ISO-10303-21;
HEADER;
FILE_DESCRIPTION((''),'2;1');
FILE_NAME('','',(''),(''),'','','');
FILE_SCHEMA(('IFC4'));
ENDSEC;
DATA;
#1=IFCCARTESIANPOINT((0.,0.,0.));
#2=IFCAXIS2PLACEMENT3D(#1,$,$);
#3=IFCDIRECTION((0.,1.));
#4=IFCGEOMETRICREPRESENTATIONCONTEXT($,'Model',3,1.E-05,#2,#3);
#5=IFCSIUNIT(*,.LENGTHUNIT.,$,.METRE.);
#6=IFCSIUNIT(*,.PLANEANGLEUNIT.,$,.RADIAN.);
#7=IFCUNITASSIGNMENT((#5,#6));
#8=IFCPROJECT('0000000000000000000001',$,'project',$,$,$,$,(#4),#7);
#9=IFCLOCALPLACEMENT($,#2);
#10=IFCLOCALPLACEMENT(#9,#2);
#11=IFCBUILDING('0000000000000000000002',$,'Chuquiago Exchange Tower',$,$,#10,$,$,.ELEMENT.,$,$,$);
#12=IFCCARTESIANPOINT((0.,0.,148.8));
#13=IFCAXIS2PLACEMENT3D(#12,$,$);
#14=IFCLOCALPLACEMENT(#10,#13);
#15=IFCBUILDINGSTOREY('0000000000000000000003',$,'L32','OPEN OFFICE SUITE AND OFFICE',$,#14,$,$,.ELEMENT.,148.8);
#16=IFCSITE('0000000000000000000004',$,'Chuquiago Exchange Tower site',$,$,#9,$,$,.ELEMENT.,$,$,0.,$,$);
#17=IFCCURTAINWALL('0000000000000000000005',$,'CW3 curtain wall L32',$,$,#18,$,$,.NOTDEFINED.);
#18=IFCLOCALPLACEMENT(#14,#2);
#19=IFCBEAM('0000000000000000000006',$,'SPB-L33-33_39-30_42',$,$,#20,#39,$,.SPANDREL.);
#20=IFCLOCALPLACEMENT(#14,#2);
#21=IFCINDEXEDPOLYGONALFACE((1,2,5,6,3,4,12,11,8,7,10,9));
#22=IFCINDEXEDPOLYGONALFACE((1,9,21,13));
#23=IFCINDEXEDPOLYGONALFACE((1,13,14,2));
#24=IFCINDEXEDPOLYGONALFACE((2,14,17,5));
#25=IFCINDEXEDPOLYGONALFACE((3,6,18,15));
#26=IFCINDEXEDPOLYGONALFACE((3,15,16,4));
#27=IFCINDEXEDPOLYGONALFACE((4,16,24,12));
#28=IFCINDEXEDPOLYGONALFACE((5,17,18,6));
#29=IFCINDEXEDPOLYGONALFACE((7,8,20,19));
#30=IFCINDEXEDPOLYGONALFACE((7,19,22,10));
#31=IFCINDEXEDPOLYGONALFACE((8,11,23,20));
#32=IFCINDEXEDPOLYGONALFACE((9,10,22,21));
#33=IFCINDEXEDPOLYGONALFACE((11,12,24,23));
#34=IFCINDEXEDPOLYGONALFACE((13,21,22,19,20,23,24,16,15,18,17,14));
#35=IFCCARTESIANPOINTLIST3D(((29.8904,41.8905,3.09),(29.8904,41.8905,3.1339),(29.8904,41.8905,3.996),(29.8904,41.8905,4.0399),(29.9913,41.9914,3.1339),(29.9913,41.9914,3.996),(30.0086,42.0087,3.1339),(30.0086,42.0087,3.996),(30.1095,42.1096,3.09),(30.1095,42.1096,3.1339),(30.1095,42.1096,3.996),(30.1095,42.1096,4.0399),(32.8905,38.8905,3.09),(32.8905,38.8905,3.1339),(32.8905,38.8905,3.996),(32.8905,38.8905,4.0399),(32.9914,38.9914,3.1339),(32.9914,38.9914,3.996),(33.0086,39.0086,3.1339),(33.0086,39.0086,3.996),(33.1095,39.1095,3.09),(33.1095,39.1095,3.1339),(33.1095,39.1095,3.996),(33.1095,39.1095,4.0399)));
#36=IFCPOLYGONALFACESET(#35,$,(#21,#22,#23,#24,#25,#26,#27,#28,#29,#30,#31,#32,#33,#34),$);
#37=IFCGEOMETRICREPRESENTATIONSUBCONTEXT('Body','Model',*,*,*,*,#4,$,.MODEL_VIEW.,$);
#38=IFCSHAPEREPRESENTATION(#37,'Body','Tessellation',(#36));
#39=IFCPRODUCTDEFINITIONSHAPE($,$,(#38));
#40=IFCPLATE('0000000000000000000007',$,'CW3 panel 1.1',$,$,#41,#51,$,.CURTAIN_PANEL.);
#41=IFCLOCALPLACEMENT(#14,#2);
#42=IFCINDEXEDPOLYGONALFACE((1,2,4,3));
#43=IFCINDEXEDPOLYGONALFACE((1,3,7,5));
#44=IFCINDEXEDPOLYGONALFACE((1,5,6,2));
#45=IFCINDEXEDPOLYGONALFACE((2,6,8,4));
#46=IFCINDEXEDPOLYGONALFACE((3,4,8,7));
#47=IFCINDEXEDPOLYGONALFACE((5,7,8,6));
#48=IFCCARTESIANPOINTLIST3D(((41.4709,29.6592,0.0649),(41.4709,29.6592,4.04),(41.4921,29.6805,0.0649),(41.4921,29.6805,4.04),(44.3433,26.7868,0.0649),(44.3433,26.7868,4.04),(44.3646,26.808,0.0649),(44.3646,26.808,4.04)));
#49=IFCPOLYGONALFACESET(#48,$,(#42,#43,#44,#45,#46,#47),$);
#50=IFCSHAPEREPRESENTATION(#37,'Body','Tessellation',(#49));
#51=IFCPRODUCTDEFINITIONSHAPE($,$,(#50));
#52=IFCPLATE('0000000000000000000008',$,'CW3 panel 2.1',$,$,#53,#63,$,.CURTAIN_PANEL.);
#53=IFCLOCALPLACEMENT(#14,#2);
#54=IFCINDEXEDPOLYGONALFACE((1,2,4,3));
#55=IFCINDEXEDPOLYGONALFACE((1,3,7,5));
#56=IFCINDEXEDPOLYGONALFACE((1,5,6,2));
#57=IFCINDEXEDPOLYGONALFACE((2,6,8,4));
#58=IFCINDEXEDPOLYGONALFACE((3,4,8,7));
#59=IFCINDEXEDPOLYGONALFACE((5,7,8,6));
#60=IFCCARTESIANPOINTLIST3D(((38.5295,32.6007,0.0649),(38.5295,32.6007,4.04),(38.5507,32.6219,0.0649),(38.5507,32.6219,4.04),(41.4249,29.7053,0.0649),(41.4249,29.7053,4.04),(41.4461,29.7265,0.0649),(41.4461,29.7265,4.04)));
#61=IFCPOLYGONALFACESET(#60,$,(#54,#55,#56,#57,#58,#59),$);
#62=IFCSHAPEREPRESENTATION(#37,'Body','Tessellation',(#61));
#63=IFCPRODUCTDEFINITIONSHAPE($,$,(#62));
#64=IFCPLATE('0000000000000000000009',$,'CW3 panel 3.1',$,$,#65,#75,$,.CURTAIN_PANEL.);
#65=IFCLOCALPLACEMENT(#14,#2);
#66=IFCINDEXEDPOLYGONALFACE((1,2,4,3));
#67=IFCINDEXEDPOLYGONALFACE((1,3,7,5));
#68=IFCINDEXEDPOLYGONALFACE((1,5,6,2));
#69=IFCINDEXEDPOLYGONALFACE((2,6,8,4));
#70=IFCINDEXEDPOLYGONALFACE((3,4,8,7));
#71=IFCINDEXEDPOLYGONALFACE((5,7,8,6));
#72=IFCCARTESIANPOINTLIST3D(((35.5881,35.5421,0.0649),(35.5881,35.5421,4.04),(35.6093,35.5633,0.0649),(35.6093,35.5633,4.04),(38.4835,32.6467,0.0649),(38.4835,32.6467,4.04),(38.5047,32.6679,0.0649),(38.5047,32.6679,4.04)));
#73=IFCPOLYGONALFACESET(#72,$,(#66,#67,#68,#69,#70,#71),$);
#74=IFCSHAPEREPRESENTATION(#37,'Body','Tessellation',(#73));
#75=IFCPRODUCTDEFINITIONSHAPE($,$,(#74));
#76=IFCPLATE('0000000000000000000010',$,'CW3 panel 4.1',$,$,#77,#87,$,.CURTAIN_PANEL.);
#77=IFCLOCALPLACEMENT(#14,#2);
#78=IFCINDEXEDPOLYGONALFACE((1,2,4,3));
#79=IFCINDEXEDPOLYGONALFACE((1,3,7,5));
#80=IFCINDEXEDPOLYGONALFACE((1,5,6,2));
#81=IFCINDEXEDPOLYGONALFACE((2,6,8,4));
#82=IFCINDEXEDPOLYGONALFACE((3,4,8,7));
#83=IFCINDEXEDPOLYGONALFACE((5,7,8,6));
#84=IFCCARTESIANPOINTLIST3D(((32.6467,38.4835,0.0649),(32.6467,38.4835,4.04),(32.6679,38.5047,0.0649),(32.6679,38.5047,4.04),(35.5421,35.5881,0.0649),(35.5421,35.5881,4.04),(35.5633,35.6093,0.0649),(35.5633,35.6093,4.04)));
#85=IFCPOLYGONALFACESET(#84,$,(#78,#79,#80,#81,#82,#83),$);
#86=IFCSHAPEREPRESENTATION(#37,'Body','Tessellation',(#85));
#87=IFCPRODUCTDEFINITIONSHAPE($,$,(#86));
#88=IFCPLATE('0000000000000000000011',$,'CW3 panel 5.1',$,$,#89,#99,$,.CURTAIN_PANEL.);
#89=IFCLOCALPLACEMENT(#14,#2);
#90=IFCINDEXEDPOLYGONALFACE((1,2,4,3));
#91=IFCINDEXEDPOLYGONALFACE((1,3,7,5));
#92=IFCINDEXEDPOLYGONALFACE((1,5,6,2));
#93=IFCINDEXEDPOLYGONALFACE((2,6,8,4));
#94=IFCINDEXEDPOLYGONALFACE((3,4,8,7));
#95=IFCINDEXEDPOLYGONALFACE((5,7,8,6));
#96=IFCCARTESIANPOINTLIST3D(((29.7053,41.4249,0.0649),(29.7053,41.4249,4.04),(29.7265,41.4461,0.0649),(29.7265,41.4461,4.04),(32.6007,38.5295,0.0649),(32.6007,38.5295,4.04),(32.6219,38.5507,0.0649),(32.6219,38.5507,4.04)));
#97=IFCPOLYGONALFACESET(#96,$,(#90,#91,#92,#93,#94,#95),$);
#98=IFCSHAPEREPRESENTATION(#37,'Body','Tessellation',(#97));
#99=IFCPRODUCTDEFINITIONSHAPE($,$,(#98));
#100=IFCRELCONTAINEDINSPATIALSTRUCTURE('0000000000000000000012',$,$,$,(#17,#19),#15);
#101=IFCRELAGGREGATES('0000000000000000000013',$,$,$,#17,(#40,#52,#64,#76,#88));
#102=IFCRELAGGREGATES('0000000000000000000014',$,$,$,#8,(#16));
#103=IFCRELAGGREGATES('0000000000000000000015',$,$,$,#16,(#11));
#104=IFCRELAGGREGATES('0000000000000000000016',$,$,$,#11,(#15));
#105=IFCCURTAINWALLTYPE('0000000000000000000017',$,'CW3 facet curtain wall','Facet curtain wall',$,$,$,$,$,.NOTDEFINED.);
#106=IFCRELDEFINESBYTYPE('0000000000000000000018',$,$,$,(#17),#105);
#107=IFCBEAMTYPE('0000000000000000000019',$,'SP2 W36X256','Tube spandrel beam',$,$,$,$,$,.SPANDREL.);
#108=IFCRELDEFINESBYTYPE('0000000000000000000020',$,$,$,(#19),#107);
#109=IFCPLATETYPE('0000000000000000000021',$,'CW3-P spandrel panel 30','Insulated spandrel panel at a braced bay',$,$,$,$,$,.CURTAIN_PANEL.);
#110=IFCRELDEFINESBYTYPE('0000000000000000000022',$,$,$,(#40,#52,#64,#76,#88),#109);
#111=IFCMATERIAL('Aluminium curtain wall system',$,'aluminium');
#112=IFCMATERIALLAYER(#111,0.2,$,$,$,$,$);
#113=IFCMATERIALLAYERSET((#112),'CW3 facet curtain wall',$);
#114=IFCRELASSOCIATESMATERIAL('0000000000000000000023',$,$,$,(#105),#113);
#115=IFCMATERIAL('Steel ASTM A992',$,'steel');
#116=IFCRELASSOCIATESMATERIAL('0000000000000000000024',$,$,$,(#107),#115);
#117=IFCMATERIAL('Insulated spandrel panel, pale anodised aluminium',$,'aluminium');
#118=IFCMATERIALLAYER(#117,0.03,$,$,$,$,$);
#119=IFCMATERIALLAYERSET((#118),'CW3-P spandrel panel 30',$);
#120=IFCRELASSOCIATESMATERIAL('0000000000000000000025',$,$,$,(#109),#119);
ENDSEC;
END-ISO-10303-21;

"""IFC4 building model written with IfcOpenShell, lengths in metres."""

from ifc_helpers import new_model, si_unit, direction, frame, origin, origin_2d, place, context, subcontext, project, spatial, rectangle, i_section, extrude, material, layer, layer_set, material_profile, profile_set, type_object, element, aggregate, save


model = new_model("IFC4")

# Units and contexts
model_context = context("Model", 3, precision=1e-05, world=origin(), true_north=direction((0.0, 1.0)))
body_context = subcontext(model_context, "Body", "Model", "MODEL_VIEW")
ifc_project = project(units=[si_unit("LENGTHUNIT", "METRE"), si_unit("PLANEANGLEUNIT", "RADIAN")], contexts=[model_context])

# Site, building, storey
site_placement = place(None, origin())
site = spatial("IfcSite", under=ifc_project, at=site_placement, Name="Chuquiago Exchange Tower site", CompositionType="ELEMENT", RefElevation=0.0)
building_placement = place(site_placement, origin())
building = spatial("IfcBuilding", under=site, at=building_placement, Name="Chuquiago Exchange Tower", CompositionType="ELEMENT")
storey_placement = place(building_placement, frame((0.0, 0.0, 148.8)))
storey = spatial("IfcBuildingStorey", under=building, at=storey_placement, Name="L32", Description="OPEN OFFICE SUITE AND OFFICE", CompositionType="ELEMENT", Elevation=148.8)

# Curtain wall
ifc_material_1 = material(Name="Aluminium curtain wall system", Category="aluminium")
ifc_layer_1 = layer(ifc_material_1, 0.2)
ifc_layer_set_1 = layer_set([ifc_layer_1], Name="CW3 facet curtain wall")
curtain_wall_type = type_object("IfcCurtainWallType", Name="CW3 facet curtain wall", Description="Facet curtain wall", PredefinedType="NOTDEFINED", material=ifc_layer_set_1)
curtain_wall_placement = place(storey_placement, origin())
curtain_wall = element("IfcCurtainWall", 1, at=curtain_wall_placement, inside=storey, type_object=curtain_wall_type, Name="CW3 curtain wall L32", PredefinedType="NOTDEFINED")

# Beam
ifc_material_2 = material(Name="Steel ASTM A992", Category="steel")
ifc_material_profile_1 = material_profile(ifc_material_2, i_section(OverallWidth=0.3098, OverallDepth=0.95, WebThickness=0.0244, FlangeThickness=0.0439, at=origin_2d()), Name="W36X256")
ifc_profile_set_1 = profile_set([ifc_material_profile_1], Name="Steel ASTM A992")
beam_type_1 = type_object("IfcBeamType", Name="SP2 W36X256", Description="Tube spandrel beam", PredefinedType="SPANDREL", material=ifc_profile_set_1)
for number, where, z_axis, x_axis, name in (
    (2, (33.0, 39.0, 3.5649), (-0.707107, 0.707107, 0.0), (-0.707107, -0.707107, 0.0), "SPB-L33-33_39-30_42"),
):
    element("IfcBeam", number, at=place(storey_placement, frame(where, z_axis=z_axis, x_axis=x_axis)), inside=storey, type_object=beam_type_1, Name=name, PredefinedType="SPANDREL", context=body_context, shape_type="SweptSolid", body=[
        extrude(i_section(OverallWidth=0.3098, OverallDepth=0.95, WebThickness=0.0244, FlangeThickness=0.0439, at=origin_2d()), origin(), (0.0, 0.0, 1.0), 4.2427),
    ])

# Plates
ifc_material_3 = material(Name="Insulated spandrel panel, pale anodised aluminium", Category="aluminium")
ifc_layer_2 = layer(ifc_material_3, 0.03)
ifc_layer_set_2 = layer_set([ifc_layer_2], Name="CW3-P spandrel panel 30")
plate_type = type_object("IfcPlateType", Name="CW3-P spandrel panel 30", Description="Insulated spandrel panel at a braced bay", PredefinedType="CURTAIN_PANEL", material=ifc_layer_set_2)
plate_1_placement = place(storey_placement, frame((42.9177, 28.2336, 0.0649), z_axis=(0.0, 0.0, 1.0), x_axis=(-0.707107, 0.707107, 0.0)))
plate_1 = element("IfcPlate", 3, at=plate_1_placement, type_object=plate_type, Name="CW3 panel 1.1", PredefinedType="CURTAIN_PANEL", context=body_context, shape_type="SweptSolid", body=[
    extrude(rectangle(XDim=4.0623, YDim=0.03, at=origin_2d()), origin(), (0.0, 0.0, 1.0), 3.9751),
])
plate_2_placement = place(storey_placement, frame((39.9878, 31.1636, 0.0649), z_axis=(0.0, 0.0, 1.0), x_axis=(-0.707107, 0.707107, 0.0)))
plate_2 = element("IfcPlate", 4, at=plate_2_placement, type_object=plate_type, Name="CW3 panel 2.1", PredefinedType="CURTAIN_PANEL", context=body_context, shape_type="SweptSolid", body=[
    extrude(rectangle(XDim=4.0947, YDim=0.03, at=origin_2d()), origin(), (0.0, 0.0, 1.0), 3.9751),
])
plate_3_placement = place(storey_placement, frame((37.0464, 34.105, 0.0649), z_axis=(0.0, 0.0, 1.0), x_axis=(-0.707107, 0.707107, 0.0)))
plate_3 = element("IfcPlate", 5, at=plate_3_placement, type_object=plate_type, Name="CW3 panel 3.1", PredefinedType="CURTAIN_PANEL", context=body_context, shape_type="SweptSolid", body=[
    extrude(rectangle(XDim=4.0947, YDim=0.03, at=origin_2d()), origin(), (0.0, 0.0, 1.0), 3.9751),
])
plate_4_placement = place(storey_placement, frame((34.105, 37.0464, 0.0649), z_axis=(0.0, 0.0, 1.0), x_axis=(-0.707107, 0.707107, 0.0)))
plate_4 = element("IfcPlate", 6, at=plate_4_placement, type_object=plate_type, Name="CW3 panel 4.1", PredefinedType="CURTAIN_PANEL", context=body_context, shape_type="SweptSolid", body=[
    extrude(rectangle(XDim=4.0947, YDim=0.03, at=origin_2d()), origin(), (0.0, 0.0, 1.0), 3.9751),
])
plate_5_placement = place(storey_placement, frame((31.1636, 39.9878, 0.0649), z_axis=(0.0, 0.0, 1.0), x_axis=(-0.707107, 0.707107, 0.0)))
plate_5 = element("IfcPlate", 7, at=plate_5_placement, type_object=plate_type, Name="CW3 panel 5.1", PredefinedType="CURTAIN_PANEL", context=body_context, shape_type="SweptSolid", body=[
    extrude(rectangle(XDim=4.0947, YDim=0.03, at=origin_2d()), origin(), (0.0, 0.0, 1.0), 3.9751),
])
aggregate(curtain_wall, [plate_1, plate_2, plate_3, plate_4, plate_5])

save(model, "model.ifc")
